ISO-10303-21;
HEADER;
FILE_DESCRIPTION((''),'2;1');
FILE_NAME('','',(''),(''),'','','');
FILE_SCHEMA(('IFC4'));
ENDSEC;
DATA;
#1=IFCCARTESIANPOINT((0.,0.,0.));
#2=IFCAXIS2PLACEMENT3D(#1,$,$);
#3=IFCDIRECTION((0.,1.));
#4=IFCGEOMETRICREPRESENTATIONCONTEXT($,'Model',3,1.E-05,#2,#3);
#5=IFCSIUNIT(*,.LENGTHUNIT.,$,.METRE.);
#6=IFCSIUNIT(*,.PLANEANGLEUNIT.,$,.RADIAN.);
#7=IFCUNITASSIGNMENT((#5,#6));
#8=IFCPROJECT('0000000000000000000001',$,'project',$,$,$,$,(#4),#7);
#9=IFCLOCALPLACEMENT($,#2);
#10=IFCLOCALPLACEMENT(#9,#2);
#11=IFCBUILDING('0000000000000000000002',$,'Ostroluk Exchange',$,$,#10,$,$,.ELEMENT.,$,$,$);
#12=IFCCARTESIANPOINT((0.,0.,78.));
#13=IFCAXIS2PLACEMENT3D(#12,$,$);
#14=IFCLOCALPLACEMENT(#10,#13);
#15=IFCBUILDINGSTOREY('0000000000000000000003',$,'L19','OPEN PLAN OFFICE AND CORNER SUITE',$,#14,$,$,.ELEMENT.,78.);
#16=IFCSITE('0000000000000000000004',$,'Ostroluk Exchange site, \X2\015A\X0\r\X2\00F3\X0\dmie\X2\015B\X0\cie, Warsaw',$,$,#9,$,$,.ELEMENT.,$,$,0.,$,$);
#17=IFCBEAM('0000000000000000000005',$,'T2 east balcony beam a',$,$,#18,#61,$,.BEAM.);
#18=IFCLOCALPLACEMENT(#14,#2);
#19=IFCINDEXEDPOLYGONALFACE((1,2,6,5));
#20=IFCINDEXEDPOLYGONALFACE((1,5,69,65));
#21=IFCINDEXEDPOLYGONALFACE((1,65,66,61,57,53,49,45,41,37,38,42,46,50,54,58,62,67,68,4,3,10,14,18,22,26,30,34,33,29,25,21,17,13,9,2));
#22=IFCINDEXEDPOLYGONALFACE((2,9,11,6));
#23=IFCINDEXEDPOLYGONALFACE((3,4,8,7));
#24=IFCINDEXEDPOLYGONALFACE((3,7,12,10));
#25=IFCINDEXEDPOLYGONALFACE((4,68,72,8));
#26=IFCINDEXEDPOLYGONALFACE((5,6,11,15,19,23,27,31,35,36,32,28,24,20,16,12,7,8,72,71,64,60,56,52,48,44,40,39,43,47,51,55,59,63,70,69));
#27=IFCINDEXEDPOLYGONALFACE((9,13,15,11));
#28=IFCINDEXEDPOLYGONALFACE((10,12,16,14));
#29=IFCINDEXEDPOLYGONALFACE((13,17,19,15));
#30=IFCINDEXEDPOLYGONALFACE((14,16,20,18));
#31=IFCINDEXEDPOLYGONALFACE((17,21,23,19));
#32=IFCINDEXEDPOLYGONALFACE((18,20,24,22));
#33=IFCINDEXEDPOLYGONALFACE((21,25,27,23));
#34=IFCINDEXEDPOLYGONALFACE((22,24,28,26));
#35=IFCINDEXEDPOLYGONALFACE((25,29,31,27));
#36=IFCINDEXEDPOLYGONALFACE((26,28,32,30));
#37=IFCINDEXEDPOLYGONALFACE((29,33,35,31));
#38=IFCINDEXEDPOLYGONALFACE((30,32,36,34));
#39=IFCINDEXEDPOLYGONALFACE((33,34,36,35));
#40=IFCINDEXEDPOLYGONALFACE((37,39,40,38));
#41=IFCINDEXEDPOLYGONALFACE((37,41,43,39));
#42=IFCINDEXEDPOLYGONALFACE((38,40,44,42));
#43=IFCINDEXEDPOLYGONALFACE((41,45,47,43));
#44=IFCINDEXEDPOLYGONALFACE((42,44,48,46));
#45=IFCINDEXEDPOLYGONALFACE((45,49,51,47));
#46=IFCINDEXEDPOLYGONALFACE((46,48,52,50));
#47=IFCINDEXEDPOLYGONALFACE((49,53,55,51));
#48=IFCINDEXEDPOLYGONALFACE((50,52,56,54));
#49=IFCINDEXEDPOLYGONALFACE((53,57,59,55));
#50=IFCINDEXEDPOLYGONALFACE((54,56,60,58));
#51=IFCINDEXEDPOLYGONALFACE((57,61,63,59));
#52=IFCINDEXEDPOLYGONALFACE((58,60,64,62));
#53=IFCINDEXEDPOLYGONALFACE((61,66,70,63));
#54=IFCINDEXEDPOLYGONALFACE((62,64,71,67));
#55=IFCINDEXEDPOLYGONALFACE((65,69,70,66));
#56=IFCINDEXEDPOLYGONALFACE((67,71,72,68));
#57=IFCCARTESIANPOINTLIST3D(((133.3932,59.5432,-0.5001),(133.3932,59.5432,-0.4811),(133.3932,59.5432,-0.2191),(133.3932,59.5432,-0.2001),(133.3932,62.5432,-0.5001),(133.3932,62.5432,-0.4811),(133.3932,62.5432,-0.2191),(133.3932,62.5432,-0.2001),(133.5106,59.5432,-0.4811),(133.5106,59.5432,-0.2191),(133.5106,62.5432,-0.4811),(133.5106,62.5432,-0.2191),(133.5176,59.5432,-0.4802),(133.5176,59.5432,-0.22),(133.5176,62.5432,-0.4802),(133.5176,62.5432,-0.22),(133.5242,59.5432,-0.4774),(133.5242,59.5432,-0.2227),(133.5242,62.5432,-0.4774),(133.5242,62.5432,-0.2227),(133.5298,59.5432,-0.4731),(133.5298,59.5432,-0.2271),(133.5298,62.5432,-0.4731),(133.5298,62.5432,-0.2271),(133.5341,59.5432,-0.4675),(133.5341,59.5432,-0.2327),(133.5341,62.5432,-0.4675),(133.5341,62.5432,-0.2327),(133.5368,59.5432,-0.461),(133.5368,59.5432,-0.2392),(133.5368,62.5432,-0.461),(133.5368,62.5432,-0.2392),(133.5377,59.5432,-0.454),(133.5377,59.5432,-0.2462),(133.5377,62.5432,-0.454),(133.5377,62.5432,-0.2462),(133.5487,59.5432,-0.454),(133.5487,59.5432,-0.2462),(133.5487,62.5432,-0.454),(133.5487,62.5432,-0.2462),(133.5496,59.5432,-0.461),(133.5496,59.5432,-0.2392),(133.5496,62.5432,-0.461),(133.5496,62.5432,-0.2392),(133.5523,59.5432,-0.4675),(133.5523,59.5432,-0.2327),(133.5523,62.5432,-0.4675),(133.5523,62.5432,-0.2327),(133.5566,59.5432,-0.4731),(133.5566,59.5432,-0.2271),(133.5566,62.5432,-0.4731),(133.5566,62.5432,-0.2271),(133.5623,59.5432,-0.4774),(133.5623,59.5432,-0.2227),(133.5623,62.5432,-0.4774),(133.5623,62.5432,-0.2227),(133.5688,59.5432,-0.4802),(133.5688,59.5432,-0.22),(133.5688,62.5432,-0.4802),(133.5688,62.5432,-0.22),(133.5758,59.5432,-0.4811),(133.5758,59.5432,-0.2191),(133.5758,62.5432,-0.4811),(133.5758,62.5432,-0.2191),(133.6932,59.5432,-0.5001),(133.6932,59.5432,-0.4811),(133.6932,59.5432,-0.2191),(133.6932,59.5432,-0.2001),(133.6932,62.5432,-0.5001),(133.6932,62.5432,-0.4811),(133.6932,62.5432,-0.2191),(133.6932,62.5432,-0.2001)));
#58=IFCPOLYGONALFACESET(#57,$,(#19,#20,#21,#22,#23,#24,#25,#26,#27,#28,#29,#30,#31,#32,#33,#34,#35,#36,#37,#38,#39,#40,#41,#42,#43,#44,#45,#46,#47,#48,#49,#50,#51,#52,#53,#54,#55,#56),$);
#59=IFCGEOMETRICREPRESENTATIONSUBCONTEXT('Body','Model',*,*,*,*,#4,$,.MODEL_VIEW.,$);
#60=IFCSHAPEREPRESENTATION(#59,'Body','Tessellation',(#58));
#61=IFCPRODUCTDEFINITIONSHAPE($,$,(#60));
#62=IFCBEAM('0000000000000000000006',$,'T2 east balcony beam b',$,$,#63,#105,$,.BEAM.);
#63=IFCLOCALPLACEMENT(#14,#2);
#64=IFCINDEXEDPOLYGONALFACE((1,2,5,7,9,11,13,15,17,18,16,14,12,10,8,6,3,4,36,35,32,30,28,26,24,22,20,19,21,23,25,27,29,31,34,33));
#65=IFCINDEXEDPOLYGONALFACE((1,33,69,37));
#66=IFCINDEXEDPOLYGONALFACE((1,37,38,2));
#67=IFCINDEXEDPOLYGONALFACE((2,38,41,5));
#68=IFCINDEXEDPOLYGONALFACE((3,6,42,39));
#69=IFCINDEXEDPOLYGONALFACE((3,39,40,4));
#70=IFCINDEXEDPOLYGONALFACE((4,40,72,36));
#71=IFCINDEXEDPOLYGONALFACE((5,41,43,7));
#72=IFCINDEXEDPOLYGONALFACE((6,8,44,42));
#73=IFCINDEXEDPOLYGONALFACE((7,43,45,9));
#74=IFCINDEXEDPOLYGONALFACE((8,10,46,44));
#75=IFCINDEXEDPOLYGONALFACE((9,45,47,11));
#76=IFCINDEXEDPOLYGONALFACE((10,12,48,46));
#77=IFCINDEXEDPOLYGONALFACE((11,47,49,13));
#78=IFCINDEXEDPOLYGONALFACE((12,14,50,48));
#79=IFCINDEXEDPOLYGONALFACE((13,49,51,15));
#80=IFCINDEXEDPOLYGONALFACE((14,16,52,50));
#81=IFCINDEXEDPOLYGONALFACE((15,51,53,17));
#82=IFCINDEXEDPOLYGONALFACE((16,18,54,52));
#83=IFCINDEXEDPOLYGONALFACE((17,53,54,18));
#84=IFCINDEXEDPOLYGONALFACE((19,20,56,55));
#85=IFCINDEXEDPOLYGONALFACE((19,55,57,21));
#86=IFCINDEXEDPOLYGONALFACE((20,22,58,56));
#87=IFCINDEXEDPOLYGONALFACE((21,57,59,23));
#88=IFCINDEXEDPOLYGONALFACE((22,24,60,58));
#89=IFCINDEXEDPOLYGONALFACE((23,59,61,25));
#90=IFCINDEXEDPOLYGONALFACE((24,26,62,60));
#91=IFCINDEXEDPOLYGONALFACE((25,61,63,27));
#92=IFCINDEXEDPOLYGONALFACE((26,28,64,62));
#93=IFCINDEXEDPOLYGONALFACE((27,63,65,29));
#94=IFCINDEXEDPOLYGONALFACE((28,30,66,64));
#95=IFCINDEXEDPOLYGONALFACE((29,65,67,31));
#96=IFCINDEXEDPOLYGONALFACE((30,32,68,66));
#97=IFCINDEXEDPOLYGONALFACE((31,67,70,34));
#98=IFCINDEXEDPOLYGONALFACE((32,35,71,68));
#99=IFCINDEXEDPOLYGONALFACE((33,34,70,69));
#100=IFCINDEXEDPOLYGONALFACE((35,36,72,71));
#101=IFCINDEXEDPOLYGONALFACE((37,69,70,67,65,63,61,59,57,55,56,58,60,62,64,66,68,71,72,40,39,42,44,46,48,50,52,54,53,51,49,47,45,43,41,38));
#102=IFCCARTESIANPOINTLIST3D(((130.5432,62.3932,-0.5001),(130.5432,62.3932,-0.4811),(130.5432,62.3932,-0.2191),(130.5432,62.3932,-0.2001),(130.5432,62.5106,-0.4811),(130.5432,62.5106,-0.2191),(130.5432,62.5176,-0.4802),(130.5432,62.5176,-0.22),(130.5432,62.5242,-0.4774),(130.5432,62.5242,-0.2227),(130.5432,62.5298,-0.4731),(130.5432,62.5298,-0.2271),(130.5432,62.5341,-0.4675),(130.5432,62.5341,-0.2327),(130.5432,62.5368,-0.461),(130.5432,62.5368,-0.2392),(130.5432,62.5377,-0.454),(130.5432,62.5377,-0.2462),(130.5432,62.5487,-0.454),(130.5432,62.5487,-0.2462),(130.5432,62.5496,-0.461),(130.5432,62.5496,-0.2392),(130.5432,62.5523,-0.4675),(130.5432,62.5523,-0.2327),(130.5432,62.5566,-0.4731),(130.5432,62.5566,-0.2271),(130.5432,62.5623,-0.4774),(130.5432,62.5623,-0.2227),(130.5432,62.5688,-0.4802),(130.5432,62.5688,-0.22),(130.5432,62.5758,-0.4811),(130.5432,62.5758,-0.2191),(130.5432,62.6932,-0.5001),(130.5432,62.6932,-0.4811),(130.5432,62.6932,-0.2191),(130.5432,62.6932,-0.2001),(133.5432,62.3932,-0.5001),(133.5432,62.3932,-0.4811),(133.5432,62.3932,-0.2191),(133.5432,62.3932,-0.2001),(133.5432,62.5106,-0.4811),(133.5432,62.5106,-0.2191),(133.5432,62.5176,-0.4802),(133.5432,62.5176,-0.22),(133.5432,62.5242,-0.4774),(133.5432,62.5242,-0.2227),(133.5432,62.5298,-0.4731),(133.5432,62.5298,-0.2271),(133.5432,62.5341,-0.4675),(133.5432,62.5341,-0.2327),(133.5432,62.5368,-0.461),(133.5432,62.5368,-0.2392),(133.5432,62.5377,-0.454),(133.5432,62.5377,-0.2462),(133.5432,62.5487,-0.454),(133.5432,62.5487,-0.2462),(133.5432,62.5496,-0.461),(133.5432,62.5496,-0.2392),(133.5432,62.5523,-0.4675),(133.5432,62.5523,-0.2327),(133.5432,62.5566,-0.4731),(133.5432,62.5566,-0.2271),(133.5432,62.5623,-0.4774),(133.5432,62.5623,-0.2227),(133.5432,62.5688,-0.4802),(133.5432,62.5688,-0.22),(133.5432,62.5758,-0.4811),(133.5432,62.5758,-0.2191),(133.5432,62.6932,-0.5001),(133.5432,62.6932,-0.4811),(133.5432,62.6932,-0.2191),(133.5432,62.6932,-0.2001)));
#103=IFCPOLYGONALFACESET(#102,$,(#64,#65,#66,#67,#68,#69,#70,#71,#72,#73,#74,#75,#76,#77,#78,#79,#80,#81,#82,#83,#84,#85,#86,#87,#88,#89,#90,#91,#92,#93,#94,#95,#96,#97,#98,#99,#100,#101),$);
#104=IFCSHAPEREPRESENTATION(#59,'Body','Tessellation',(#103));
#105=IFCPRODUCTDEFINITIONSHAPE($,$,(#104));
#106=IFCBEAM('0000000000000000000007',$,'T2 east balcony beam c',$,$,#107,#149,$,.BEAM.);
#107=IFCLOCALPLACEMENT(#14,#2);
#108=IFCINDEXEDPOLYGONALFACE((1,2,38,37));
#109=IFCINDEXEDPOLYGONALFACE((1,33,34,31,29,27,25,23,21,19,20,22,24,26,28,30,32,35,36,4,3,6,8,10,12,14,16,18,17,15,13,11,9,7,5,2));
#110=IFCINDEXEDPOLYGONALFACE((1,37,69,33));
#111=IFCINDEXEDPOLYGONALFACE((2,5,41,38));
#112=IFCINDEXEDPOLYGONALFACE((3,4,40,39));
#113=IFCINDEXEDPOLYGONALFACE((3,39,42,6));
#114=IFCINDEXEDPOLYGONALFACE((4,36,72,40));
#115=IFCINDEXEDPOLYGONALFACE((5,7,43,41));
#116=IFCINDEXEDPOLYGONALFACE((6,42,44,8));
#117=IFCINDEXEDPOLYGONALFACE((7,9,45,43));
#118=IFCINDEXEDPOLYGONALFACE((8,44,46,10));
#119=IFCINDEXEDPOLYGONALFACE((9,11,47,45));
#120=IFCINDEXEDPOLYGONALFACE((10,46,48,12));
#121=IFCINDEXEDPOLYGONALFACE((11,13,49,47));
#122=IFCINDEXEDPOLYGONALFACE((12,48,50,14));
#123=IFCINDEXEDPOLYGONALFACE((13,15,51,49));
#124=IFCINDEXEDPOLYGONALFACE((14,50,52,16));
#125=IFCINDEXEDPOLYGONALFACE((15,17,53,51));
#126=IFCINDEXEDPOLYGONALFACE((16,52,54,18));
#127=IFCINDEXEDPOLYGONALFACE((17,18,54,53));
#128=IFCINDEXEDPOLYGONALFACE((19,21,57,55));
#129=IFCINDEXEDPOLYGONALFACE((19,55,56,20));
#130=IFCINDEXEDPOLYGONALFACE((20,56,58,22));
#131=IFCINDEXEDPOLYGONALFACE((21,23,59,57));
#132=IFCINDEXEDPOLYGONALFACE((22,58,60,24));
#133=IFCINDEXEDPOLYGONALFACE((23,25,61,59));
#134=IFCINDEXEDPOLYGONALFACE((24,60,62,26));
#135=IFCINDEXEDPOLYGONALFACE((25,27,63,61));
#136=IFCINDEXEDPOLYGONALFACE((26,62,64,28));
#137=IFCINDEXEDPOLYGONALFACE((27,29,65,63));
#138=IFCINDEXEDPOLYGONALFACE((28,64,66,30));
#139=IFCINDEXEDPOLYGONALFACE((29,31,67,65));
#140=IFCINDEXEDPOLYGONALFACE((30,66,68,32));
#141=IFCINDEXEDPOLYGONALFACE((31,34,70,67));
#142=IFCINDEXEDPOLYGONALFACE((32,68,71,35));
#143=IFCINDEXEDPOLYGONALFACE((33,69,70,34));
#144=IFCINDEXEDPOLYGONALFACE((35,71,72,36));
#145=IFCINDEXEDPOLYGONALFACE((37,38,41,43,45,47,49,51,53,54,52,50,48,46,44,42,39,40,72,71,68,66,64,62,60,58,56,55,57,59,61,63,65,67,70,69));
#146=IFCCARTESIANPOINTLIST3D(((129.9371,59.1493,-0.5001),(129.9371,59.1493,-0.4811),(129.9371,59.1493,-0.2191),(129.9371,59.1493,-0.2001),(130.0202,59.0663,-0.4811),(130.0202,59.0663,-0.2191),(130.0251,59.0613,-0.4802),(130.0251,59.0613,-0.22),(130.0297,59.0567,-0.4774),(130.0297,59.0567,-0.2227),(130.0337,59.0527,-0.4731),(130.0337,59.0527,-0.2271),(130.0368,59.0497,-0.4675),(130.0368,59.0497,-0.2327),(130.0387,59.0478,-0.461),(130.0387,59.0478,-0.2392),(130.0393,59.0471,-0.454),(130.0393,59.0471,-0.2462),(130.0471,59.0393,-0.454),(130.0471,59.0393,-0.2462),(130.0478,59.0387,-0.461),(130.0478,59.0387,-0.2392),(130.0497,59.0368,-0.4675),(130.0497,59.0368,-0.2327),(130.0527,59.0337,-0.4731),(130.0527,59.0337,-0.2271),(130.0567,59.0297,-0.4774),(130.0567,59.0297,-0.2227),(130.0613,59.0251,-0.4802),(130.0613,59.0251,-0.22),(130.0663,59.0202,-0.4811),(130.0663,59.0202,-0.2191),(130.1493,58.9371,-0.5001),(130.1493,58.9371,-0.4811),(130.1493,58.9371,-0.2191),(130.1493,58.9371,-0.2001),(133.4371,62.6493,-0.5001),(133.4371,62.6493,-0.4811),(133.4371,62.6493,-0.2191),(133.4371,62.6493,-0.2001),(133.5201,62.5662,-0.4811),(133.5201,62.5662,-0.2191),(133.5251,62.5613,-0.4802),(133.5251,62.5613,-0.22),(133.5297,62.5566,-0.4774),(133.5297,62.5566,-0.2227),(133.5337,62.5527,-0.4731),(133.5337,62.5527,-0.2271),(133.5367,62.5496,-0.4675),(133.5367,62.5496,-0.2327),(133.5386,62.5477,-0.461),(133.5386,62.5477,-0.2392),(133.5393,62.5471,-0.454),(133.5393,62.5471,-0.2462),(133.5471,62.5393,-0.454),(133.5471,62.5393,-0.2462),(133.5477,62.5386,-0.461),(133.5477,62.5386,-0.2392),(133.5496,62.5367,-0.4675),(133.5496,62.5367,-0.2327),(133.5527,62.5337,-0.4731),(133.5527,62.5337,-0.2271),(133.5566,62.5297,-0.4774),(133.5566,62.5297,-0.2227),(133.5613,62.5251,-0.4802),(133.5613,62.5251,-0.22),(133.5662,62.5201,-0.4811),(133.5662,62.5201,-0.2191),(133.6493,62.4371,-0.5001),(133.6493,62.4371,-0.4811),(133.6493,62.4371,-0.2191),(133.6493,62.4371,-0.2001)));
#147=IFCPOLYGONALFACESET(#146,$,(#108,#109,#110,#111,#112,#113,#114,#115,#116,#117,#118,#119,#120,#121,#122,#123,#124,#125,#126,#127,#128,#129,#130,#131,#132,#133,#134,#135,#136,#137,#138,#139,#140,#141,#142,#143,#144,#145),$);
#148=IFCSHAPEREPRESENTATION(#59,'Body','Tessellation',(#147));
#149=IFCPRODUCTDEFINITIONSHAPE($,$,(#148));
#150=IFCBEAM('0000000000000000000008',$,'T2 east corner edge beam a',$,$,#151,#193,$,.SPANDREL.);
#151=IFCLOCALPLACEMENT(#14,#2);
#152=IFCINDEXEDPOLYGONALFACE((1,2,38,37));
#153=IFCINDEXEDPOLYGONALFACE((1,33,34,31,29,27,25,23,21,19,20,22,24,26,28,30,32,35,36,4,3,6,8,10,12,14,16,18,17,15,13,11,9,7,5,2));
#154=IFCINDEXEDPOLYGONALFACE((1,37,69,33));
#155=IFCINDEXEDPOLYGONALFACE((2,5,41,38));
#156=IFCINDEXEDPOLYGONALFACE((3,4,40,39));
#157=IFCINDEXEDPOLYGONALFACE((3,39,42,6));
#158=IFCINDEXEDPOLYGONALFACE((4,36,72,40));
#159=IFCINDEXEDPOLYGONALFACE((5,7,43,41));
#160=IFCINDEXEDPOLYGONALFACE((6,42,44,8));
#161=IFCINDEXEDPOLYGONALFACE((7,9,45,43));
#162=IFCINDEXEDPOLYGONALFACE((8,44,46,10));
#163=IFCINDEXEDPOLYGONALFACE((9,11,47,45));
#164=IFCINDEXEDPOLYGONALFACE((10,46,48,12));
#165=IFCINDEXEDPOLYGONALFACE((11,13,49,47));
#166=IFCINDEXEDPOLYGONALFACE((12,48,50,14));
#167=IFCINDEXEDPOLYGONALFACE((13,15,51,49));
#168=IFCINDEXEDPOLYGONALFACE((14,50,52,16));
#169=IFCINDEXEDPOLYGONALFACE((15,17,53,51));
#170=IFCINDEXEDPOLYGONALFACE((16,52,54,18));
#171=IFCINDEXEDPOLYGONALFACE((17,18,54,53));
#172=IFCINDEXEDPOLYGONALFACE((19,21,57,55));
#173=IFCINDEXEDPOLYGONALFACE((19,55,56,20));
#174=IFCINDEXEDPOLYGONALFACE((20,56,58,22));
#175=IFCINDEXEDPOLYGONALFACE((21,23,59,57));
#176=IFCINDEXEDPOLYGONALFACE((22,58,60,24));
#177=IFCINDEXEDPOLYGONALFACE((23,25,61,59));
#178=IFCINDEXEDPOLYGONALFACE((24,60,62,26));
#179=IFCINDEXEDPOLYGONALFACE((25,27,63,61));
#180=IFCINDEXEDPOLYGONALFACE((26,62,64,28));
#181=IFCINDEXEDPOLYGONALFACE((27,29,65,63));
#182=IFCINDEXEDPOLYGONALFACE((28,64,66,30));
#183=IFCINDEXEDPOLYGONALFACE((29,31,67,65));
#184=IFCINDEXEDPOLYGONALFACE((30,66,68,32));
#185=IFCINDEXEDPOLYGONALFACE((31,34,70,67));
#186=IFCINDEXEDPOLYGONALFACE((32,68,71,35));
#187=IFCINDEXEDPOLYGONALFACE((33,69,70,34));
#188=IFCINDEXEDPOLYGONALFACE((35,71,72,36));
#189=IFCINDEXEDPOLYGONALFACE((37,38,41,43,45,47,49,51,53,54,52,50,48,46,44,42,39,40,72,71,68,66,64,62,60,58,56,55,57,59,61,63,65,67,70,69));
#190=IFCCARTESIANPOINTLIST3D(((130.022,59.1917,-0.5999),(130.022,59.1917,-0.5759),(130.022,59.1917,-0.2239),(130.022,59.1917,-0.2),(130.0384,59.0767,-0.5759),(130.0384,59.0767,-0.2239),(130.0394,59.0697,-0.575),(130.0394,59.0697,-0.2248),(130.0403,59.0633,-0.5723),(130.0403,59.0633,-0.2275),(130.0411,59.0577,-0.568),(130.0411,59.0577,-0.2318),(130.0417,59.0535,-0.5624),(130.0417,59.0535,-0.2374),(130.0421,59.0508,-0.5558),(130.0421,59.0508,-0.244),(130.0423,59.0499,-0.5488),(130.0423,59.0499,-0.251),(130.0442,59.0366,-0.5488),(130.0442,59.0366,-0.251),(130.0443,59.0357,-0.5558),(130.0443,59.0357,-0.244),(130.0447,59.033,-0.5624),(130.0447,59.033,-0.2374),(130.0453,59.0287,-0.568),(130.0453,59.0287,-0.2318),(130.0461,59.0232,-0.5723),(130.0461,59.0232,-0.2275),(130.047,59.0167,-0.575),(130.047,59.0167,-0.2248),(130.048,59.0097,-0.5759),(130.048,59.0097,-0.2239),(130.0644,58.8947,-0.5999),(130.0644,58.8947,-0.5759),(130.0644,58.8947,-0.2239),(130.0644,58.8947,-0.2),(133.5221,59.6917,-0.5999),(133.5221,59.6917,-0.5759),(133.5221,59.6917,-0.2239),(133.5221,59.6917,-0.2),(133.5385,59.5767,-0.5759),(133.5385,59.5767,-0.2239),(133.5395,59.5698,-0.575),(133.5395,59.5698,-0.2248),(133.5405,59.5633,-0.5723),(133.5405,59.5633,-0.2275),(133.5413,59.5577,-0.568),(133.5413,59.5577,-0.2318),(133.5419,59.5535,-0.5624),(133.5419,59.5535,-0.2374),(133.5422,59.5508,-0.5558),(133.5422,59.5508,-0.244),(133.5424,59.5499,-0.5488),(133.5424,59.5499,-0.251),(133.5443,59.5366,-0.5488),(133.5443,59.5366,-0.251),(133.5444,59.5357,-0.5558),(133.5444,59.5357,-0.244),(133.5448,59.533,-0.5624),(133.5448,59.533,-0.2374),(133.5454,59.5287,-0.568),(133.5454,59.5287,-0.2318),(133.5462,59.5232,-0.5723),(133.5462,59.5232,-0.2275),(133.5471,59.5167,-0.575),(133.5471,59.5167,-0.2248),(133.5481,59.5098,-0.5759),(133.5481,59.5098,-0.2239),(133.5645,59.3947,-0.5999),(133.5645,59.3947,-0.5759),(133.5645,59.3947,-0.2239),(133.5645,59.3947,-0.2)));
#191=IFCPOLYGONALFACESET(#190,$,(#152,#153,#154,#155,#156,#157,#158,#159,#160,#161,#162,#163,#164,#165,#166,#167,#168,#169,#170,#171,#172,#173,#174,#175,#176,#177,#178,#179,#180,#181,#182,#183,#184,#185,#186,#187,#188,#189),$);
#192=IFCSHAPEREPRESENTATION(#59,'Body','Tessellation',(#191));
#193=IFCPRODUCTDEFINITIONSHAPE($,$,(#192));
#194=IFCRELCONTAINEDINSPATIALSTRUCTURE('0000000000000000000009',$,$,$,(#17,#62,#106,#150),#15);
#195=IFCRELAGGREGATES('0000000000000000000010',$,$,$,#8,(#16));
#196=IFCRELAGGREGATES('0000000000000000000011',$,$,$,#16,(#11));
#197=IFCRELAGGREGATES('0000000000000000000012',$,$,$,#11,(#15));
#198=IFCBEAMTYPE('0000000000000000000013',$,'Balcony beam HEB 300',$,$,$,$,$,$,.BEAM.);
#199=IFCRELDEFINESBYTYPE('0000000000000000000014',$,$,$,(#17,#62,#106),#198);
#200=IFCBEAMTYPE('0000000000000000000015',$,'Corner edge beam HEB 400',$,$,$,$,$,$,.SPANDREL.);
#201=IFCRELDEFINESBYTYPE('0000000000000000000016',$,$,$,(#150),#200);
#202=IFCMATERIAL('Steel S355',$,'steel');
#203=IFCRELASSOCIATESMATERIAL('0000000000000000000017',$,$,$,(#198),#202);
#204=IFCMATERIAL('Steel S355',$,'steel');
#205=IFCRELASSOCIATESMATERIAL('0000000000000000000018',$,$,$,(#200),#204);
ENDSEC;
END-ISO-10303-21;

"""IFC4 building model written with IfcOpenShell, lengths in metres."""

from ifc_helpers import new_model, si_unit, direction, frame, origin, origin_2d, place, context, subcontext, project, spatial, i_section, extrude, material, material_profile, profile_set, type_object, element, save


model = new_model("IFC4")

# Units and contexts
model_context = context("Model", 3, precision=1e-05, world=origin(), true_north=direction((0.0, 1.0)))
body_context = subcontext(model_context, "Body", "Model", "MODEL_VIEW")
ifc_project = project(units=[si_unit("LENGTHUNIT", "METRE"), si_unit("PLANEANGLEUNIT", "RADIAN")], contexts=[model_context])

# Site, building, storey
site_placement = place(None, origin())
site = spatial("IfcSite", under=ifc_project, at=site_placement, Name="Ostroluk Exchange site, Śródmieście, Warsaw", CompositionType="ELEMENT", RefElevation=0.0)
building_placement = place(site_placement, origin())
building = spatial("IfcBuilding", under=site, at=building_placement, Name="Ostroluk Exchange", CompositionType="ELEMENT")
storey_placement = place(building_placement, frame((0.0, 0.0, 78.0)))
storey = spatial("IfcBuildingStorey", under=building, at=storey_placement, Name="L19", Description="OPEN PLAN OFFICE AND CORNER SUITE", CompositionType="ELEMENT", Elevation=78.0)

# Beams
ifc_material_1 = material(Name="Steel S355", Category="steel")
ifc_material_profile_1 = material_profile(ifc_material_1, i_section(OverallWidth=0.3, OverallDepth=0.3, WebThickness=0.011, FlangeThickness=0.019, FilletRadius=0.0271, at=origin_2d()), Name="HEB 300")
ifc_profile_set_1 = profile_set([ifc_material_profile_1], Name="Steel S355")
beam_type_1 = type_object("IfcBeamType", Name="Balcony beam HEB 300", PredefinedType="BEAM", material=ifc_profile_set_1)
for number, where, z_axis, x_axis, name in (
    (1, (133.5432, 59.5432, -0.3501), (0.0, 1.0, 0.0), (-1.0, 0.0, 0.0), "T2 east balcony beam a"),
    (2, (130.5432, 62.5432, -0.3501), (1.0, 0.0, 0.0), (0.0, 1.0, 0.0), "T2 east balcony beam b"),
):
    element("IfcBeam", number, at=place(storey_placement, frame(where, z_axis=z_axis, x_axis=x_axis)), inside=storey, type_object=beam_type_1, Name=name, PredefinedType="BEAM", context=body_context, shape_type="SweptSolid", body=[
        extrude(i_section(OverallWidth=0.3, OverallDepth=0.3, WebThickness=0.011, FlangeThickness=0.019, FilletRadius=0.0271, at=origin_2d()), origin(), (0.0, 0.0, 1.0), 3.0),
    ])
beam_1_placement = place(storey_placement, frame((130.0432, 59.0432, -0.3501), z_axis=(0.707107, 0.707107, 0.0), x_axis=(-0.707107, 0.707107, 0.0)))
element("IfcBeam", 3, at=beam_1_placement, inside=storey, type_object=beam_type_1, Name="T2 east balcony beam c", PredefinedType="BEAM", context=body_context, shape_type="SweptSolid", body=[
    extrude(i_section(OverallWidth=0.3, OverallDepth=0.3, WebThickness=0.011, FlangeThickness=0.019, FilletRadius=0.0271, at=origin_2d()), origin(), (0.0, 0.0, 1.0), 4.9497),
])
ifc_material_2 = material(Name="Steel S355", Category="steel")
ifc_material_profile_2 = material_profile(ifc_material_2, i_section(OverallWidth=0.3, OverallDepth=0.3999, WebThickness=0.0134, FlangeThickness=0.0239, FilletRadius=0.0271, at=origin_2d()), Name="HEB 400")
ifc_profile_set_2 = profile_set([ifc_material_profile_2], Name="Steel S355")
beam_type_2 = type_object("IfcBeamType", Name="Corner edge beam HEB 400", PredefinedType="SPANDREL", material=ifc_profile_set_2)
for number, where, z_axis, x_axis, name in (
    (4, (130.0432, 59.0432, -0.3999), (0.989949, 0.141421, 0.0), (-0.141421, 0.989949, 0.0), "T2 east corner edge beam a"),
):
    element("IfcBeam", number, at=place(storey_placement, frame(where, z_axis=z_axis, x_axis=x_axis)), inside=storey, type_object=beam_type_2, Name=name, PredefinedType="SPANDREL", context=body_context, shape_type="SweptSolid", body=[
        extrude(i_section(OverallWidth=0.3, OverallDepth=0.3999, WebThickness=0.0134, FlangeThickness=0.0239, FilletRadius=0.0271, at=origin_2d()), origin(), (0.0, 0.0, 1.0), 3.5356),
    ])

save(model, "model.ifc")
